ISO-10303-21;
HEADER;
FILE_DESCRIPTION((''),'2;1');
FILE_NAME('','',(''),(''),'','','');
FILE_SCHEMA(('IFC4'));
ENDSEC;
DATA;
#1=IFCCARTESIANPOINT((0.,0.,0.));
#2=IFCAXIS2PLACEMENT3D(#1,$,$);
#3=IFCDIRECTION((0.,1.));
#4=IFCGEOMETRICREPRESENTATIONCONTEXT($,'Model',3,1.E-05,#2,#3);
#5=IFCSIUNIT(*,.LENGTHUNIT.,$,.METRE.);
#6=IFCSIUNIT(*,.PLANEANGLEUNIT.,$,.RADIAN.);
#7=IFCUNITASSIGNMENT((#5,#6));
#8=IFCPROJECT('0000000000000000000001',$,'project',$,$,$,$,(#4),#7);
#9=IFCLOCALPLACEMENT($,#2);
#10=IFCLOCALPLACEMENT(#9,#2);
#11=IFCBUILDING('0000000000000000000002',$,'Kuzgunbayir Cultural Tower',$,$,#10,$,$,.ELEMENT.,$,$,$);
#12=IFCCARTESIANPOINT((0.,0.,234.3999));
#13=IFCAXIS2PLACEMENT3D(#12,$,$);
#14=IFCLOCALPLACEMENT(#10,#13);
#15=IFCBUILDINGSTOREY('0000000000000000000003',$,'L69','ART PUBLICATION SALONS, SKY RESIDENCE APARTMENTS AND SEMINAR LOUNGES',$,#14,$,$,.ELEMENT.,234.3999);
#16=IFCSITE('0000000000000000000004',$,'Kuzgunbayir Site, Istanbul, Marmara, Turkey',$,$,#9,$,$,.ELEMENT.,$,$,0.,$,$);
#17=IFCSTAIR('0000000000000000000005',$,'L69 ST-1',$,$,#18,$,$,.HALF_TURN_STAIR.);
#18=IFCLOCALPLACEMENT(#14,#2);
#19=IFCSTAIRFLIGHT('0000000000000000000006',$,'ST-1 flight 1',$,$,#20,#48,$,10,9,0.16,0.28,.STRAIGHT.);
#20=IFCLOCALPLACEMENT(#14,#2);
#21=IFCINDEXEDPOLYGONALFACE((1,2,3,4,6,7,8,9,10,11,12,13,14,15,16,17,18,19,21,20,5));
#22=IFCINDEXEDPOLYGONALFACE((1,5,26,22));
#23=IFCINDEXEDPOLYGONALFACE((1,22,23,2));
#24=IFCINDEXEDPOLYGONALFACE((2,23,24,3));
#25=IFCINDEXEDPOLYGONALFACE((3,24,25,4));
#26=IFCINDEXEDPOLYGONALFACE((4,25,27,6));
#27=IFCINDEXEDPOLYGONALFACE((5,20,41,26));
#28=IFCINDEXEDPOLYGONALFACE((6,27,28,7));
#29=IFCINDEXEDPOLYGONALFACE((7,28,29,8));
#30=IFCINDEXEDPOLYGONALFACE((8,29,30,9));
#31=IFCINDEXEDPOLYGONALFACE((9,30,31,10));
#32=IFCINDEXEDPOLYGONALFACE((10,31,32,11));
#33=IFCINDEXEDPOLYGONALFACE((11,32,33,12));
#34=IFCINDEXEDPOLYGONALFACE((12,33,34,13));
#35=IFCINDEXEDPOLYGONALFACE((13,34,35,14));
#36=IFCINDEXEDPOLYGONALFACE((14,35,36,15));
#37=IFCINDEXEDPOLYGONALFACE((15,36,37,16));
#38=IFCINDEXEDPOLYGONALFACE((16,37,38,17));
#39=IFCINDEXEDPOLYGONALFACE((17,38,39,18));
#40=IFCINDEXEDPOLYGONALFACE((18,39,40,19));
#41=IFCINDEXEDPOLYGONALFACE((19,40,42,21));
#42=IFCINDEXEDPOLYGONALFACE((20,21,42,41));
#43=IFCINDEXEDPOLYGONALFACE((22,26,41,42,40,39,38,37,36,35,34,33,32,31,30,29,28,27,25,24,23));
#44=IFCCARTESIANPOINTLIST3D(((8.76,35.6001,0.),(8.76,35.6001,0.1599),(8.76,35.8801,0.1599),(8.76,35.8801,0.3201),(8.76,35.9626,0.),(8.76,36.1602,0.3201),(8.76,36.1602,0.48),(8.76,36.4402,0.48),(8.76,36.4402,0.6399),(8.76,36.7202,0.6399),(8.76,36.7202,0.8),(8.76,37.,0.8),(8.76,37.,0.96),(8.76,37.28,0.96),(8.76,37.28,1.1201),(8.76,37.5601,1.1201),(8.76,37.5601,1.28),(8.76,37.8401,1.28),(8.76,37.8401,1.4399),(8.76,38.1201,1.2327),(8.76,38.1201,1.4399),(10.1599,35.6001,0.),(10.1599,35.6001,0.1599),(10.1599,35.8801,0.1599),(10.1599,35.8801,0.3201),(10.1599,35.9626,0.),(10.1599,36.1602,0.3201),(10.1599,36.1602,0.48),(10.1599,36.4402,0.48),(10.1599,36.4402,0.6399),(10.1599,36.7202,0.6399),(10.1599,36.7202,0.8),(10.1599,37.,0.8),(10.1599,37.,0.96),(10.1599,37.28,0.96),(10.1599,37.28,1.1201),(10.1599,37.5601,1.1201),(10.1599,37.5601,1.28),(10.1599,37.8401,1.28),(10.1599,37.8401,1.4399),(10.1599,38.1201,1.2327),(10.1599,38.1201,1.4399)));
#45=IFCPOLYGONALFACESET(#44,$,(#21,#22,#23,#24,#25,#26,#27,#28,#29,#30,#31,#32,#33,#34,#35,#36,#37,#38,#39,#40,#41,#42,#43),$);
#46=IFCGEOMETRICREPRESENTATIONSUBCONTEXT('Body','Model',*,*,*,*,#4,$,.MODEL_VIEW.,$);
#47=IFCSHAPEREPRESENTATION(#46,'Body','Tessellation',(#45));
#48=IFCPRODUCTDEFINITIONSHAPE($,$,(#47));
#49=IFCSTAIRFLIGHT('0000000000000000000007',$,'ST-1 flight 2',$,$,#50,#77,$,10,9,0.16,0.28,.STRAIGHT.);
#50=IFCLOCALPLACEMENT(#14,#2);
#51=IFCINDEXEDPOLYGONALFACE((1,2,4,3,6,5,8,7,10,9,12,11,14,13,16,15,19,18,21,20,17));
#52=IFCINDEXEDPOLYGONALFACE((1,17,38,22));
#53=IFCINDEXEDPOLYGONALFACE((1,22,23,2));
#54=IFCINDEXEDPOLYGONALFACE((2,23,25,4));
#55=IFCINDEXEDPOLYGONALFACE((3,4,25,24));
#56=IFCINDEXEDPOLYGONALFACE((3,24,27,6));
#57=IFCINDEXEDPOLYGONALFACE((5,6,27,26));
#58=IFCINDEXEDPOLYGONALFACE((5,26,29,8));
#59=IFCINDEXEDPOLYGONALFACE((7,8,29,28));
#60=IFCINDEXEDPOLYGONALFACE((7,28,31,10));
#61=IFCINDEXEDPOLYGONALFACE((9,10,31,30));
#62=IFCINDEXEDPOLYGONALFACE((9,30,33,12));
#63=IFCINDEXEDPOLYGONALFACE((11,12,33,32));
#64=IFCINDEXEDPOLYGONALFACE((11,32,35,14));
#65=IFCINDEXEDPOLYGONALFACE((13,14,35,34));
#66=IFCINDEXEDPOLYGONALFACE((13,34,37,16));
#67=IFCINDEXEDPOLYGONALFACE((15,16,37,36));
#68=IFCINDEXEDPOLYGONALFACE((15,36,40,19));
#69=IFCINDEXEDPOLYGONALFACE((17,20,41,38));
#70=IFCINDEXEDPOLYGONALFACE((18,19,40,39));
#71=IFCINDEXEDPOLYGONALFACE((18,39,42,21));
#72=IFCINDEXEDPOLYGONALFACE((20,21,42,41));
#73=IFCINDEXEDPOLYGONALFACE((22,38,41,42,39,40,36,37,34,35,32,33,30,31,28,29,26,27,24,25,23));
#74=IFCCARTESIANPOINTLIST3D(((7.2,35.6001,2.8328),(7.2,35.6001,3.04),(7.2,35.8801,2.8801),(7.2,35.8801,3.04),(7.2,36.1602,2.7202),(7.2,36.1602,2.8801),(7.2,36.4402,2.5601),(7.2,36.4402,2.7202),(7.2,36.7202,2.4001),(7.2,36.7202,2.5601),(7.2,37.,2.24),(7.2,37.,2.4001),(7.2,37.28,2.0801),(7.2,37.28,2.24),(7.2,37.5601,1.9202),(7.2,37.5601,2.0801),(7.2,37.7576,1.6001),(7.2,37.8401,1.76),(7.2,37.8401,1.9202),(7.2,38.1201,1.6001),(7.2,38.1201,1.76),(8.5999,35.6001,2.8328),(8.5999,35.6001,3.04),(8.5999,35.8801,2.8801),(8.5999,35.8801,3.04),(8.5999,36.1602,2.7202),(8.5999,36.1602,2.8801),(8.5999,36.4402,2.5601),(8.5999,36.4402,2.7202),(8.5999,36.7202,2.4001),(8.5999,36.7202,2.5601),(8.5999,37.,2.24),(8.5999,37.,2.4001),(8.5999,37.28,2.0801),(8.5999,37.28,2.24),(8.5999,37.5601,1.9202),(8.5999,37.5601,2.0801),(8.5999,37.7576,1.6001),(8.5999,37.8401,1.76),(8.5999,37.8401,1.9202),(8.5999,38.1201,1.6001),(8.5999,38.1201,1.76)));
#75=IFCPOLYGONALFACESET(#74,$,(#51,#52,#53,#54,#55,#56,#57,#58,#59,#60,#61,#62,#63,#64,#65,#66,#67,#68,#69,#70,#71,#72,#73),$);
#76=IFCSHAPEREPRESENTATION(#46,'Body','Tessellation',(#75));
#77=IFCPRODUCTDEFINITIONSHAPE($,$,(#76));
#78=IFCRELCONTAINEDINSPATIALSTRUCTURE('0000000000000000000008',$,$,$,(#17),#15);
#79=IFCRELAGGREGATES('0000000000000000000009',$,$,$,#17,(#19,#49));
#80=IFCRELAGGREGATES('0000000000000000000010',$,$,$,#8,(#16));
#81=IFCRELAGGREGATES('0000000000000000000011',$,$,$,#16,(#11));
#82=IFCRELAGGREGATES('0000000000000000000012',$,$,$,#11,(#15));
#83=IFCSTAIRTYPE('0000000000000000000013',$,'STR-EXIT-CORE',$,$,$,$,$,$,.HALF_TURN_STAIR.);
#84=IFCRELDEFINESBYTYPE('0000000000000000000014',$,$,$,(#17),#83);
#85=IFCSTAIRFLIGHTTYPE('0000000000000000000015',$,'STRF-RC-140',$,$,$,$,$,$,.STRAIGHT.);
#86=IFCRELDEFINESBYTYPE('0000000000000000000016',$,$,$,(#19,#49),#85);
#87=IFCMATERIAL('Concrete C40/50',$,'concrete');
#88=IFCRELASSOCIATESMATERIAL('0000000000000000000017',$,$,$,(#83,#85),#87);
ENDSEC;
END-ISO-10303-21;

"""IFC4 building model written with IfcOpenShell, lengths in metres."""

from ifc_helpers import new_model, si_unit, direction, frame, origin, place, context, subcontext, project, spatial, polyline, outline, extrude, material, type_object, element, aggregate, save


model = new_model("IFC4")

# Units and contexts
model_context = context("Model", 3, precision=1e-05, world=origin(), true_north=direction((0.0, 1.0)))
body_context = subcontext(model_context, "Body", "Model", "MODEL_VIEW")
ifc_project = project(units=[si_unit("LENGTHUNIT", "METRE"), si_unit("PLANEANGLEUNIT", "RADIAN")], contexts=[model_context])

# Site, building, storey
site_placement = place(None, origin())
site = spatial("IfcSite", under=ifc_project, at=site_placement, Name="Kuzgunbayir Site, Istanbul, Marmara, Turkey", CompositionType="ELEMENT", RefElevation=0.0)
building_placement = place(site_placement, origin())
building = spatial("IfcBuilding", under=site, at=building_placement, Name="Kuzgunbayir Cultural Tower", CompositionType="ELEMENT")
storey_placement = place(building_placement, frame((0.0, 0.0, 234.3999)))
storey = spatial("IfcBuildingStorey", under=building, at=storey_placement, Name="L69", Description="ART PUBLICATION SALONS, SKY RESIDENCE APARTMENTS AND SEMINAR LOUNGES", CompositionType="ELEMENT", Elevation=234.3999)

# Shared definitions
ifc_material_1 = material(Name="Concrete C40/50", Category="concrete")

# Stair, stair flights
stair_type = type_object("IfcStairType", Name="STR-EXIT-CORE", PredefinedType="HALF_TURN_STAIR", material=ifc_material_1)
stair_placement = place(storey_placement, origin())
stair = element("IfcStair", 1, at=stair_placement, inside=storey, type_object=stair_type, Name="L69 ST-1", PredefinedType="HALF_TURN_STAIR")
stair_flight_type = type_object("IfcStairFlightType", Name="STRF-RC-140", PredefinedType="STRAIGHT", material=ifc_material_1)
stair_flight_1_placement = place(storey_placement, frame((9.46, 35.6001, 0.0), z_axis=(0.0, 0.0, 1.0), x_axis=(0.0, 1.0, 0.0)))
stair_flight_1 = element("IfcStairFlight", 2, at=stair_flight_1_placement, type_object=stair_flight_type, Name="ST-1 flight 1", NumberOfRisers=10, NumberOfTreads=9, PredefinedType="STRAIGHT", RiserHeight=0.16, TreadLength=0.28, context=body_context, shape_type="SweptSolid", body=[
    extrude(outline(polyline([(0.0, 0.0), (0.0, 0.1599), (0.28, 0.1599), (0.28, 0.3201), (0.5601, 0.3201), (0.5601, 0.48), (0.8401, 0.48), (0.8401, 0.6399), (1.1201, 0.6399), (1.1201, 0.8), (1.3999, 0.8), (1.3999, 0.96), (1.6799, 0.96), (1.6799, 1.1201), (1.96, 1.1201), (1.96, 1.28), (2.24, 1.28), (2.24, 1.4399), (2.52, 1.4399), (2.52, 1.6001), (2.52, 1.2327), (0.3625, 0.0), (0.0, 0.0)])), frame((0.0, 0.7, 0.0), z_axis=(0.0, -1.0, 0.0), x_axis=(1.0, 0.0, 0.0)), (0.0, 0.0, 1.0), 1.3999),
])
stair_flight_2_placement = place(storey_placement, frame((7.8999, 38.1201, 1.6001), z_axis=(0.0, 0.0, 1.0), x_axis=(0.0, -1.0, 0.0)))
stair_flight_2 = element("IfcStairFlight", 3, at=stair_flight_2_placement, type_object=stair_flight_type, Name="ST-1 flight 2", NumberOfRisers=10, NumberOfTreads=9, PredefinedType="STRAIGHT", RiserHeight=0.16, TreadLength=0.28, context=body_context, shape_type="SweptSolid", body=[
    extrude(outline(polyline([(0.0, 0.0), (0.0, 0.1599), (0.28, 0.1599), (0.28, 0.3201), (0.5601, 0.3201), (0.5601, 0.48), (0.8401, 0.48), (0.8401, 0.6399), (1.1201, 0.6399), (1.1201, 0.8), (1.3999, 0.8), (1.3999, 0.96), (1.6799, 0.96), (1.6799, 1.1201), (1.96, 1.1201), (1.96, 1.28), (2.24, 1.28), (2.24, 1.4399), (2.52, 1.4399), (2.52, 1.6001), (2.52, 1.2327), (0.3625, 0.0), (0.0, 0.0)])), frame((0.0, 0.7, 0.0), z_axis=(0.0, -1.0, 0.0), x_axis=(1.0, 0.0, 0.0)), (0.0, 0.0, 1.0), 1.3999),
])
aggregate(stair, [stair_flight_1, stair_flight_2])

save(model, "model.ifc")
